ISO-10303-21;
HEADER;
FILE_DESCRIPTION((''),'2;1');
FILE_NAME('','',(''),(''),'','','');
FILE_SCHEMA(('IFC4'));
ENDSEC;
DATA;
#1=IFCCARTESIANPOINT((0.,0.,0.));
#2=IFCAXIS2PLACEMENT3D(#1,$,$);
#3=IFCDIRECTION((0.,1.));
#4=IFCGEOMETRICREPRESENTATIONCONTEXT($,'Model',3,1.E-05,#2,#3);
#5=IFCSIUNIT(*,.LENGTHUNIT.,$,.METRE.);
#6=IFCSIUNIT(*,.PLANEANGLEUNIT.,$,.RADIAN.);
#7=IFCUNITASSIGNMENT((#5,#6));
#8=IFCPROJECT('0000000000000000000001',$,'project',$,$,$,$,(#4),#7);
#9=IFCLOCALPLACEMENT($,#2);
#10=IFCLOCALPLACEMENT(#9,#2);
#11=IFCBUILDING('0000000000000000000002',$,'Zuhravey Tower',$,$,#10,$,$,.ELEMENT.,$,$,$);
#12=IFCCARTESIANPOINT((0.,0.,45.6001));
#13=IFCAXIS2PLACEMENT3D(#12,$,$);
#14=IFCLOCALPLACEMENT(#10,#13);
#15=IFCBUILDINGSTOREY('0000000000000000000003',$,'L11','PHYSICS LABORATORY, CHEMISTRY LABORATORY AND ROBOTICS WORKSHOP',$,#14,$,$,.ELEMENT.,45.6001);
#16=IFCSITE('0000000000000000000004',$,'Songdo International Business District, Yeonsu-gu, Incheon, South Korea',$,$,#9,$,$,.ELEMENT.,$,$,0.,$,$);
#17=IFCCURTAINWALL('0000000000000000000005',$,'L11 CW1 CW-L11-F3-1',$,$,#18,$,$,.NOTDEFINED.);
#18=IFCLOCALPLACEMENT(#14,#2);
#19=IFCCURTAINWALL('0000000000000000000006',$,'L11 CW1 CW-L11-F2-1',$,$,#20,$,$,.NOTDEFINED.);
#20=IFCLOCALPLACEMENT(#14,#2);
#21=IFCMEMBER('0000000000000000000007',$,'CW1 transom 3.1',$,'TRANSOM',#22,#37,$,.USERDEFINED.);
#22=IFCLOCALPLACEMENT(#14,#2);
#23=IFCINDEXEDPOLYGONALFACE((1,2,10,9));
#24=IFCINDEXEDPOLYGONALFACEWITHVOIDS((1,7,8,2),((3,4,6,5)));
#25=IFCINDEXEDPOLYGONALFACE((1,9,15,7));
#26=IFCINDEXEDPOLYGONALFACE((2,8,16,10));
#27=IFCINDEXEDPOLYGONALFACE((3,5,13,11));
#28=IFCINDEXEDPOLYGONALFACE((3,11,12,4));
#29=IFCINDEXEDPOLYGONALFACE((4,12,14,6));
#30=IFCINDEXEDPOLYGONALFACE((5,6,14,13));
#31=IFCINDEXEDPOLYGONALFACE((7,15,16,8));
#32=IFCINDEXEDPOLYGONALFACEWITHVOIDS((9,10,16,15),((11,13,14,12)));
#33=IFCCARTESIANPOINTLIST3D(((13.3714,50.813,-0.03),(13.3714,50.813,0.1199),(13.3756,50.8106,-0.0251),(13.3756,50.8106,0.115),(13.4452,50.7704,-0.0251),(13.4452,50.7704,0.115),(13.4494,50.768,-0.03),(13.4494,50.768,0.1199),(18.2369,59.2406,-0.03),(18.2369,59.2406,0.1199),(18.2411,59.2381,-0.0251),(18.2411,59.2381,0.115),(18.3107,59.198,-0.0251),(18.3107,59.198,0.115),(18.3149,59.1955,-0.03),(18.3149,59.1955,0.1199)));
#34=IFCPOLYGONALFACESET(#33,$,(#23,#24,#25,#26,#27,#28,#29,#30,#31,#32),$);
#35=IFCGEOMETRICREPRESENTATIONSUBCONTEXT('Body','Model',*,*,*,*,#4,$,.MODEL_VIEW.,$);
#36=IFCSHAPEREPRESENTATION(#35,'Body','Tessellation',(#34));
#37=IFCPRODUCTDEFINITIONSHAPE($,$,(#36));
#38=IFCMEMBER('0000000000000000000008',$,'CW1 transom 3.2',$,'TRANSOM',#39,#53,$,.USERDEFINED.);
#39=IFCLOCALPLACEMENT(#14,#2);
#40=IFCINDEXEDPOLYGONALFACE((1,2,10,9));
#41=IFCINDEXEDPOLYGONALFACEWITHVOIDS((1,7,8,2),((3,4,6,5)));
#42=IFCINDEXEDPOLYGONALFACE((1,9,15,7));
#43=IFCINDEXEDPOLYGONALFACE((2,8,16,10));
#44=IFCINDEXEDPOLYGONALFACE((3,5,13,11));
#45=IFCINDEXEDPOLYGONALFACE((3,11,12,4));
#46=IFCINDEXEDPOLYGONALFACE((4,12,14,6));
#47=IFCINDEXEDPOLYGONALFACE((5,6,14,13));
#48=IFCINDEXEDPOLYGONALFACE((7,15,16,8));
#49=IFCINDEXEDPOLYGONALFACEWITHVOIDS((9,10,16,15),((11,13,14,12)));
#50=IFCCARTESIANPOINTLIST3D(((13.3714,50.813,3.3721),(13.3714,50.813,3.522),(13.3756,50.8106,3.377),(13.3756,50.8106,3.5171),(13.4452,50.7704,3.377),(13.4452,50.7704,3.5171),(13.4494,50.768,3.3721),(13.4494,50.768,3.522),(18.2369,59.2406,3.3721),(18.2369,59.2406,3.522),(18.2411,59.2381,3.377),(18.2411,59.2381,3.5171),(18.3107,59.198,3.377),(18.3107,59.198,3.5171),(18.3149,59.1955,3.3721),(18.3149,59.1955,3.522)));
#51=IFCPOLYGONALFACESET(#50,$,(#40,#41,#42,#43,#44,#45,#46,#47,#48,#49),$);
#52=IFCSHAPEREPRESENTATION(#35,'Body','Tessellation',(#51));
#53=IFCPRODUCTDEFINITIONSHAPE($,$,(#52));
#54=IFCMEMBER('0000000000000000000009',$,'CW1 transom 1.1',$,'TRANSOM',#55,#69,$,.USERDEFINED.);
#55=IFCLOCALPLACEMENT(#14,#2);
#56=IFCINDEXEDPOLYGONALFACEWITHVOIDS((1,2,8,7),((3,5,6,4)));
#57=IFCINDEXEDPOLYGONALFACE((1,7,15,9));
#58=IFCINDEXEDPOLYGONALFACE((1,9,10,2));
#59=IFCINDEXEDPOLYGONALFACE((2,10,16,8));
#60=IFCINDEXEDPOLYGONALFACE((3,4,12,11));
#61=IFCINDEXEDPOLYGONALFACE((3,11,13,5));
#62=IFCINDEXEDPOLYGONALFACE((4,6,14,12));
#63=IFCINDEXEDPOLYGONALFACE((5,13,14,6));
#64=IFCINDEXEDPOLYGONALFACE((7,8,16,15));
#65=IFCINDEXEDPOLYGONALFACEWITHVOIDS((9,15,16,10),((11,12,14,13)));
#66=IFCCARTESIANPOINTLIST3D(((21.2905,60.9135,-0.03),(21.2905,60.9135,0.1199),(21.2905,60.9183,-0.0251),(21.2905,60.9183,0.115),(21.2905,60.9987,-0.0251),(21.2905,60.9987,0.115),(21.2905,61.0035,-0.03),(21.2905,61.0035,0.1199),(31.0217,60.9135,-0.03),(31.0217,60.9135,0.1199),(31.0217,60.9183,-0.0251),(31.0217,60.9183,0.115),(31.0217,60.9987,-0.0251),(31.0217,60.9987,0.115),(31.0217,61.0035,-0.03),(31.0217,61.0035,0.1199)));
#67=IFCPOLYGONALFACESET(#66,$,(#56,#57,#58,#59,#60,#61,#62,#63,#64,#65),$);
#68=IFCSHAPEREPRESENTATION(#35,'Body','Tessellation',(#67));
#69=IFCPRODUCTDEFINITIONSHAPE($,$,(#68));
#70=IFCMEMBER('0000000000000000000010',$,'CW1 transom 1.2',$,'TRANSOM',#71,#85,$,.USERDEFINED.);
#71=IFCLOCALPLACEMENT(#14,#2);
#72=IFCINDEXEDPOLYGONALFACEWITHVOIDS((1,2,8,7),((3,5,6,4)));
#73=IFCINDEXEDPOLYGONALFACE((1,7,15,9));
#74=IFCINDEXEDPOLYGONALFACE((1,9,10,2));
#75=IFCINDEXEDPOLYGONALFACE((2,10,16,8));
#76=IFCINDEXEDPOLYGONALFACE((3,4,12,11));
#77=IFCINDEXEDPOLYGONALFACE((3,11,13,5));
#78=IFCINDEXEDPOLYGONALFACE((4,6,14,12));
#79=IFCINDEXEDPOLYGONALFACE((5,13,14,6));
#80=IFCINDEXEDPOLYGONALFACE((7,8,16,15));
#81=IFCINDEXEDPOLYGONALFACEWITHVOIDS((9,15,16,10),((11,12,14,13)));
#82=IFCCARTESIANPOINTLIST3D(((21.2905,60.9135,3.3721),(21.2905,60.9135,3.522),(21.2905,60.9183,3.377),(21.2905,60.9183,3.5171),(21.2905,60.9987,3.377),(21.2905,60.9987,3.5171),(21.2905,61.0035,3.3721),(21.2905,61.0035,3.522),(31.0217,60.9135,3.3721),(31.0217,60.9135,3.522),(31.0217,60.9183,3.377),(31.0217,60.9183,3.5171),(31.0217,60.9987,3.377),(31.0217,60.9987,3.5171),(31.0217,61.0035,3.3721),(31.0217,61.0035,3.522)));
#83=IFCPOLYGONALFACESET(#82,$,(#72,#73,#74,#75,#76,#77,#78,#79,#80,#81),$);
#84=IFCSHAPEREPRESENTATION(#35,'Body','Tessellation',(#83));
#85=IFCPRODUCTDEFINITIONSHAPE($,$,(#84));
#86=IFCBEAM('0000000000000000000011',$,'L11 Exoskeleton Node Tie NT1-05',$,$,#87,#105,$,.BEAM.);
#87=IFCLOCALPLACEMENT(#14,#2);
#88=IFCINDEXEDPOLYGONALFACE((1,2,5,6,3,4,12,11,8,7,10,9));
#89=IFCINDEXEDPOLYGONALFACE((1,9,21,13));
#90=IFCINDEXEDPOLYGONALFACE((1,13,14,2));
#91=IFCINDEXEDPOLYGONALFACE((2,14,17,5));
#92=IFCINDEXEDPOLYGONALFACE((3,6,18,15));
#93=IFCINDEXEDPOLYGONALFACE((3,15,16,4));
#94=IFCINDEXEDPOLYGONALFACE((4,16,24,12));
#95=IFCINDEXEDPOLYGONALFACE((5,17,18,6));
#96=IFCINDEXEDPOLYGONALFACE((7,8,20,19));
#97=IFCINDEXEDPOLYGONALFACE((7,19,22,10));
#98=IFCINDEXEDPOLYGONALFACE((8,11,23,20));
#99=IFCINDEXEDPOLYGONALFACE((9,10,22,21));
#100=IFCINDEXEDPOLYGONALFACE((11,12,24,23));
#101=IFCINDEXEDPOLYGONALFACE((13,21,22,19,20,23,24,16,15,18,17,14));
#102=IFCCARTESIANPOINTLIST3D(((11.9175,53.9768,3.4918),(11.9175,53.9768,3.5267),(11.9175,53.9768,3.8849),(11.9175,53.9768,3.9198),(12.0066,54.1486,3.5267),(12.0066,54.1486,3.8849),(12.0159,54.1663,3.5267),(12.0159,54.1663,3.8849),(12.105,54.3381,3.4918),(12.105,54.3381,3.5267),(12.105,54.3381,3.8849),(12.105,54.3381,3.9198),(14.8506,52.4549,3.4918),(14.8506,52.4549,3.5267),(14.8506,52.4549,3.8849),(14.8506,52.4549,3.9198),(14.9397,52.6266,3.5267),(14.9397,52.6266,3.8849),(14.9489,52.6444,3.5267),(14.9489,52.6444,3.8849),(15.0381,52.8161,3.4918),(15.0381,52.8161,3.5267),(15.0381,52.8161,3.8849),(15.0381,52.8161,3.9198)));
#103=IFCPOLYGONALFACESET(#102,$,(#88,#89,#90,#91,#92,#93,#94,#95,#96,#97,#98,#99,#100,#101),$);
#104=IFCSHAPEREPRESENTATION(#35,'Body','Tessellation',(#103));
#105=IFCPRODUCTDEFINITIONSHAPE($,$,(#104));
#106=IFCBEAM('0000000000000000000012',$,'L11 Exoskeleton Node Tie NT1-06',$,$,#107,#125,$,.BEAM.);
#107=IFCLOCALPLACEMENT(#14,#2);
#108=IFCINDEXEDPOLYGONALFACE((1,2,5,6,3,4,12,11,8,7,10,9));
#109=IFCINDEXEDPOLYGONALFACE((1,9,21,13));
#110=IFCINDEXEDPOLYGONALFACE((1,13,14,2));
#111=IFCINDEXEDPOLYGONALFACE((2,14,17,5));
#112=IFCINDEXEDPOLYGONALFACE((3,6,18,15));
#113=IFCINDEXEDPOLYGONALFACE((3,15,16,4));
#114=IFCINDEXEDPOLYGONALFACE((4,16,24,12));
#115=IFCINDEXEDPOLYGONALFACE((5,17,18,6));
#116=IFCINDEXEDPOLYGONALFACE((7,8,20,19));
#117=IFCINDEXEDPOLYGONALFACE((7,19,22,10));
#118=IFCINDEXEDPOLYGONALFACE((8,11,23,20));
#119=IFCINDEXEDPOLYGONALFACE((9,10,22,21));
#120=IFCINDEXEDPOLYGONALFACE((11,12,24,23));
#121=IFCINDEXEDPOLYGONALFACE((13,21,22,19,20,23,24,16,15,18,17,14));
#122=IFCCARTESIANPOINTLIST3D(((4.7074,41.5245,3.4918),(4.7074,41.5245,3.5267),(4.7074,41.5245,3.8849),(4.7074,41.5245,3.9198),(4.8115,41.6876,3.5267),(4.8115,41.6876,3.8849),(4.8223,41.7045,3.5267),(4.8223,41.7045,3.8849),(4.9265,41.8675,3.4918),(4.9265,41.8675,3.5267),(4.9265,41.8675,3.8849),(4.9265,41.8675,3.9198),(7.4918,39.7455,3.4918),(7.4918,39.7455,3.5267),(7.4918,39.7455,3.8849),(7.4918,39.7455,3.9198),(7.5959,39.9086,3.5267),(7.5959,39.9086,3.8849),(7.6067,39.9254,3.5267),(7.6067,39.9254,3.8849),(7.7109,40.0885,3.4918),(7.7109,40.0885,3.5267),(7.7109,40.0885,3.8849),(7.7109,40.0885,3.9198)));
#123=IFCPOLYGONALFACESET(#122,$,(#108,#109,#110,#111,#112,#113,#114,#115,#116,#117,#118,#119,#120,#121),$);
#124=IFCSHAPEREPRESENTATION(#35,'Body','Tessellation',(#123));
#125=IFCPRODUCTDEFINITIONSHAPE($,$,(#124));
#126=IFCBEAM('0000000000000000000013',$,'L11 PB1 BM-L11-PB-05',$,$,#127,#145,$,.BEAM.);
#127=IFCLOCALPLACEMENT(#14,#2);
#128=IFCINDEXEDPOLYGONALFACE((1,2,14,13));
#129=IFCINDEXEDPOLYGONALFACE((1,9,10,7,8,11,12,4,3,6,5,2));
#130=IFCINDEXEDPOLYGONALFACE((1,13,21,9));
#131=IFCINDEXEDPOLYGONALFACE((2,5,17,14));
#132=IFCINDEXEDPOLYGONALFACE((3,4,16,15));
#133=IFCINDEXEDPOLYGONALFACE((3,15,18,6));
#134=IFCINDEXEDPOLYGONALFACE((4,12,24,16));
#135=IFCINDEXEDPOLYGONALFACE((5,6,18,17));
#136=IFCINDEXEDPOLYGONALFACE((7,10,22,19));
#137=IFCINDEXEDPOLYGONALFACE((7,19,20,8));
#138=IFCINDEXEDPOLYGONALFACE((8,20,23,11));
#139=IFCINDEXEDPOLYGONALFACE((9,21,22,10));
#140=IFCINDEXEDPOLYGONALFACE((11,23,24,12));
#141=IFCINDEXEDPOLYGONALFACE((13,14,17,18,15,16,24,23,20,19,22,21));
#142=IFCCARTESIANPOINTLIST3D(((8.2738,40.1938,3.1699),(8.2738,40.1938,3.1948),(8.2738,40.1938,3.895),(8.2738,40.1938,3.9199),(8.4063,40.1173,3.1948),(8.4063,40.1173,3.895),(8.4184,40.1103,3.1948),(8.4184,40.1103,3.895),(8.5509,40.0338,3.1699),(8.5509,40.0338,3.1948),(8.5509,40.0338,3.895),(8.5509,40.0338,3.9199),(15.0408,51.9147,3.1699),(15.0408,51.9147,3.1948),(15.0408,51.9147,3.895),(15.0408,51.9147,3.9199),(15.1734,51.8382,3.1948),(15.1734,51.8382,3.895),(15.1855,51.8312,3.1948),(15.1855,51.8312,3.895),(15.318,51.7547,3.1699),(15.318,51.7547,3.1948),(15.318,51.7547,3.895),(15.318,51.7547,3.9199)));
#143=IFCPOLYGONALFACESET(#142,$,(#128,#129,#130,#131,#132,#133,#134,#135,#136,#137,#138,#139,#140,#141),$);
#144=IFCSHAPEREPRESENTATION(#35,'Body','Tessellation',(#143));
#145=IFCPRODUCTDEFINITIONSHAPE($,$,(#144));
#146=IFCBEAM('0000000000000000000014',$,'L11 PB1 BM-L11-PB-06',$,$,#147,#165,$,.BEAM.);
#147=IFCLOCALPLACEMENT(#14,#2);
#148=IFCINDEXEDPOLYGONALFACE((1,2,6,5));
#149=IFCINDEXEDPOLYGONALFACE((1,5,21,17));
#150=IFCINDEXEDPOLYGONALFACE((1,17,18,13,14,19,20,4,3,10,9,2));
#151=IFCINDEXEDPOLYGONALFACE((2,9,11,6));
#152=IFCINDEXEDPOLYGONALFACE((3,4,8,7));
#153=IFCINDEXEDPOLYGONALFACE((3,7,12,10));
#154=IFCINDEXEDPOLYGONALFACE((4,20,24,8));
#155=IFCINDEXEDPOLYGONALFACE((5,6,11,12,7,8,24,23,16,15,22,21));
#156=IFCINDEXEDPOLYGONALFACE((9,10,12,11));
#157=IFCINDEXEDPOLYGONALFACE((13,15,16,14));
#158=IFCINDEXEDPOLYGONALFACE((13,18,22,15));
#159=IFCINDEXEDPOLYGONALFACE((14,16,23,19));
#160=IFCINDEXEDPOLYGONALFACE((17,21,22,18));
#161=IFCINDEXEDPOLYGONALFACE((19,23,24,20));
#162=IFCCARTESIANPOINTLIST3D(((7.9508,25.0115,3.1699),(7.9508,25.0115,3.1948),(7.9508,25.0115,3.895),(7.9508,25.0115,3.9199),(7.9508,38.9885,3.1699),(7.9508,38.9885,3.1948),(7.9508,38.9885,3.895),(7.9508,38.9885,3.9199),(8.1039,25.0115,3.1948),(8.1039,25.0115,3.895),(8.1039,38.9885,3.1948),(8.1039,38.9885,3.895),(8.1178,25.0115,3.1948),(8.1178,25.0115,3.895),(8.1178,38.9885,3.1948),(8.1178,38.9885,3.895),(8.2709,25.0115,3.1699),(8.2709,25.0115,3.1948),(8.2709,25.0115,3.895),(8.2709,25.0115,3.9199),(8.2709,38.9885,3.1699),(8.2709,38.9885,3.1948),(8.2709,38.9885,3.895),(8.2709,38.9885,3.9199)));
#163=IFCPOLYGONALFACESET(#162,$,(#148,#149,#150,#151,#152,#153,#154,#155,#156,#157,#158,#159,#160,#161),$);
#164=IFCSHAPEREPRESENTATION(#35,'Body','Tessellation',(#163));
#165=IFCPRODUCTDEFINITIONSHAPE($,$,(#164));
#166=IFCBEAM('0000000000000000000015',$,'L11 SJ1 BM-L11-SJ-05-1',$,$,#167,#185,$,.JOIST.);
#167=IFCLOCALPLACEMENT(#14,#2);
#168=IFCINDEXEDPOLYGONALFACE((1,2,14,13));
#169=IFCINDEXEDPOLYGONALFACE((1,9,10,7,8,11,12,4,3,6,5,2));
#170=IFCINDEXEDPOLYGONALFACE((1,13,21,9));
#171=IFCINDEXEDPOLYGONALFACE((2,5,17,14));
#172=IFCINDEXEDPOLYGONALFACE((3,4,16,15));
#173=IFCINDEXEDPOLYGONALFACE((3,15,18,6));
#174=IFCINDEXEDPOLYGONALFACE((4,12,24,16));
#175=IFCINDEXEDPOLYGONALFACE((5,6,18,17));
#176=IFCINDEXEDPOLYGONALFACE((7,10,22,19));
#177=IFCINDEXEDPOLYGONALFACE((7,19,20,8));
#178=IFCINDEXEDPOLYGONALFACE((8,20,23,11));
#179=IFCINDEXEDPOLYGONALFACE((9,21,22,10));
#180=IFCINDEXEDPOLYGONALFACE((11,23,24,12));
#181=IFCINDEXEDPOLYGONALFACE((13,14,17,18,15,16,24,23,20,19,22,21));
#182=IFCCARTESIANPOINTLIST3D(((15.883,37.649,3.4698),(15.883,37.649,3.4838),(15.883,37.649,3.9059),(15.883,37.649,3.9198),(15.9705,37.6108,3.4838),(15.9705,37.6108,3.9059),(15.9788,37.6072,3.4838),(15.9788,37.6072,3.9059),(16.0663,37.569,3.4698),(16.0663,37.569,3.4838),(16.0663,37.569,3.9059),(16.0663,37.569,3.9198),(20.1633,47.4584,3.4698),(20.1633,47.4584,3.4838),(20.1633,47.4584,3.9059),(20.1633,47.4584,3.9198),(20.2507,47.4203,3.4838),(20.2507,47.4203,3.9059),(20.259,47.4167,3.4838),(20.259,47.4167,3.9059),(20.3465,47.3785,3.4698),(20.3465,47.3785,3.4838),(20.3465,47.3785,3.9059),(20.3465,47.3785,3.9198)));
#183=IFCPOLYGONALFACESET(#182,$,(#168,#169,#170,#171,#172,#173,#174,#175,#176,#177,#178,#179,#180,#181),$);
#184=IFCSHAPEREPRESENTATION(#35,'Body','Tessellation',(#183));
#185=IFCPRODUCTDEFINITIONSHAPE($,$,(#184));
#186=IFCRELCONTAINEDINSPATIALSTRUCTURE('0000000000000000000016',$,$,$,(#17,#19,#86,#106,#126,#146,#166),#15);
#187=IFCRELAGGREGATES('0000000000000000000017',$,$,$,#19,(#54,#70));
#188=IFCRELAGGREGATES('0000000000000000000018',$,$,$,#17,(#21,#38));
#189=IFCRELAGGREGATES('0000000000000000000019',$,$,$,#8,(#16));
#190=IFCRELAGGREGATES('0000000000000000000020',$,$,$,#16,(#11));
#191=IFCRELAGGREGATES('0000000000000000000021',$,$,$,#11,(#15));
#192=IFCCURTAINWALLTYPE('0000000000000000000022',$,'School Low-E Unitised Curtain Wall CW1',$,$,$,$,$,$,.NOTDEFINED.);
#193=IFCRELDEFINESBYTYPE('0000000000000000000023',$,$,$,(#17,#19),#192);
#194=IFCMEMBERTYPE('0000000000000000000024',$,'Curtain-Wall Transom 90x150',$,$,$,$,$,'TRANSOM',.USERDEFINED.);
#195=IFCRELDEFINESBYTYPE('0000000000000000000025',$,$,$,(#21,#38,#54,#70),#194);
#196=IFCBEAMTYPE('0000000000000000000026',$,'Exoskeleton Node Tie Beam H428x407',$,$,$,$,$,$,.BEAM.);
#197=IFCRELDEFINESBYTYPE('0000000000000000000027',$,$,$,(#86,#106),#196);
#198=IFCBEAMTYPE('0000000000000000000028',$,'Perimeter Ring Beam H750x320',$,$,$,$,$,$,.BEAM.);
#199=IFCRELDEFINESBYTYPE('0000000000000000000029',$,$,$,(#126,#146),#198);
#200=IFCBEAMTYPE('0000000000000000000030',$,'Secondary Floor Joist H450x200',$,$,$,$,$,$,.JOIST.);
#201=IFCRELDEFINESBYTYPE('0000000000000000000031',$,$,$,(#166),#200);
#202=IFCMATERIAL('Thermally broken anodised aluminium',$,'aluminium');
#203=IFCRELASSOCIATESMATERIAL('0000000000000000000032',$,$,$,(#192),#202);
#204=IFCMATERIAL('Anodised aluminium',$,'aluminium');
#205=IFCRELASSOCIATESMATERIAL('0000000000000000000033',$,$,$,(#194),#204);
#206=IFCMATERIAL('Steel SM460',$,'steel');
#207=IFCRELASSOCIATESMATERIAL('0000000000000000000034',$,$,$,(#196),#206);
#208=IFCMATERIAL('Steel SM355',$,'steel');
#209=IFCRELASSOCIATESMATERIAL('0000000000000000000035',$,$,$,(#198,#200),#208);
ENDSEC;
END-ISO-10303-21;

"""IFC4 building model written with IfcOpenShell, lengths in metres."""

from ifc_helpers import new_model, si_unit, direction, frame, origin, origin_2d, place, context, subcontext, project, spatial, hollow_rectangle, i_section, extrude, material, material_profile, profile_set, type_object, element, aggregate, save


model = new_model("IFC4")

# Units and contexts
model_context = context("Model", 3, precision=1e-05, world=origin(), true_north=direction((0.0, 1.0)))
body_context = subcontext(model_context, "Body", "Model", "MODEL_VIEW")
ifc_project = project(units=[si_unit("LENGTHUNIT", "METRE"), si_unit("PLANEANGLEUNIT", "RADIAN")], contexts=[model_context])

# Site, building, storey
site_placement = place(None, origin())
site = spatial("IfcSite", under=ifc_project, at=site_placement, Name="Songdo International Business District, Yeonsu-gu, Incheon, South Korea", CompositionType="ELEMENT", RefElevation=0.0)
building_placement = place(site_placement, origin())
building = spatial("IfcBuilding", under=site, at=building_placement, Name="Zuhravey Tower", CompositionType="ELEMENT")
storey_placement = place(building_placement, frame((0.0, 0.0, 45.6001)))
storey = spatial("IfcBuildingStorey", under=building, at=storey_placement, Name="L11", Description="PHYSICS LABORATORY, CHEMISTRY LABORATORY AND ROBOTICS WORKSHOP", CompositionType="ELEMENT", Elevation=45.6001)

# Curtain wall
ifc_material_1 = material(Name="Thermally broken anodised aluminium", Category="aluminium")
curtain_wall_type = type_object("IfcCurtainWallType", Name="School Low-E Unitised Curtain Wall CW1", PredefinedType="NOTDEFINED", material=ifc_material_1)
curtain_wall_1_placement = place(storey_placement, origin())
curtain_wall_1 = element("IfcCurtainWall", 1, at=curtain_wall_1_placement, inside=storey, type_object=curtain_wall_type, Name="L11 CW1 CW-L11-F3-1", PredefinedType="NOTDEFINED")
ifc_material_2 = material(Name="Anodised aluminium", Category="aluminium")

# Curtain wall
curtain_wall_2_placement = place(storey_placement, origin())
curtain_wall_2 = element("IfcCurtainWall", 2, at=curtain_wall_2_placement, inside=storey, type_object=curtain_wall_type, Name="L11 CW1 CW-L11-F2-1", PredefinedType="NOTDEFINED")

# Members
ifc_material_profile_1 = material_profile(ifc_material_2, hollow_rectangle(XDim=0.0901, YDim=0.1499, WallThickness=0.0049, at=origin_2d()), Name="ALU-RHS-90x150x5")
ifc_profile_set_1 = profile_set([ifc_material_profile_1], Name="Anodised aluminium")
member_type_1 = type_object("IfcMemberType", Name="Curtain-Wall Transom 90x150", ElementType="TRANSOM", PredefinedType="USERDEFINED", material=ifc_profile_set_1)
member_1_placement = place(storey_placement, frame((13.4104, 50.7905, 0.0449), z_axis=(0.49999, 0.866031, 0.0), x_axis=(-0.866031, 0.49999, 0.0)))
member_1 = element("IfcMember", 3, at=member_1_placement, type_object=member_type_1, Name="CW1 transom 3.1", ObjectType="TRANSOM", PredefinedType="USERDEFINED", context=body_context, shape_type="SweptSolid", body=[
    extrude(hollow_rectangle(XDim=0.0901, YDim=0.1499, WallThickness=0.0049, at=origin_2d()), origin(), (0.0, 0.0, 1.0), 9.7312),
])
member_2_placement = place(storey_placement, frame((13.4104, 50.7905, 3.447), z_axis=(0.49999, 0.866031, 0.0), x_axis=(-0.866031, 0.49999, 0.0)))
member_2 = element("IfcMember", 4, at=member_2_placement, type_object=member_type_1, Name="CW1 transom 3.2", ObjectType="TRANSOM", PredefinedType="USERDEFINED", context=body_context, shape_type="SweptSolid", body=[
    extrude(hollow_rectangle(XDim=0.0901, YDim=0.1499, WallThickness=0.0049, at=origin_2d()), origin(), (0.0, 0.0, 1.0), 9.7312),
])
member_3_placement = place(storey_placement, frame((21.2905, 60.9585, 0.0449), z_axis=(1.0, 0.0, 0.0), x_axis=(0.0, 1.0, 0.0)))
member_3 = element("IfcMember", 5, at=member_3_placement, type_object=member_type_1, Name="CW1 transom 1.1", ObjectType="TRANSOM", PredefinedType="USERDEFINED", context=body_context, shape_type="SweptSolid", body=[
    extrude(hollow_rectangle(XDim=0.0901, YDim=0.1499, WallThickness=0.0049, at=origin_2d()), origin(), (0.0, 0.0, 1.0), 9.7312),
])
member_4_placement = place(storey_placement, frame((21.2905, 60.9585, 3.447), z_axis=(1.0, 0.0, 0.0), x_axis=(0.0, 1.0, 0.0)))
member_4 = element("IfcMember", 6, at=member_4_placement, type_object=member_type_1, Name="CW1 transom 1.2", ObjectType="TRANSOM", PredefinedType="USERDEFINED", context=body_context, shape_type="SweptSolid", body=[
    extrude(hollow_rectangle(XDim=0.0901, YDim=0.1499, WallThickness=0.0049, at=origin_2d()), origin(), (0.0, 0.0, 1.0), 9.7312),
])
aggregate(curtain_wall_2, [member_3, member_4])

# Beams
ifc_material_3 = material(Name="Steel SM460", Category="steel")
ifc_material_profile_2 = material_profile(ifc_material_3, i_section(OverallWidth=0.407, OverallDepth=0.428, WebThickness=0.02, FlangeThickness=0.0349, at=origin_2d()), Name="H-428x407x20x35")
ifc_profile_set_2 = profile_set([ifc_material_profile_2], Name="Steel SM460")
beam_type_1 = type_object("IfcBeamType", Name="Exoskeleton Node Tie Beam H428x407", PredefinedType="BEAM", material=ifc_profile_set_2)
beam_1_placement = place(storey_placement, frame((14.9443, 52.6355, 3.7058), z_axis=(-0.887618, 0.46058, 0.0), x_axis=(-0.46058, -0.887618, 0.0)))
element("IfcBeam", 7, at=beam_1_placement, inside=storey, type_object=beam_type_1, Name="L11 Exoskeleton Node Tie NT1-05", PredefinedType="BEAM", context=body_context, shape_type="SweptSolid", body=[
    extrude(i_section(OverallWidth=0.407, OverallDepth=0.428, WebThickness=0.02, FlangeThickness=0.0349, at=origin_2d()), origin(), (0.0, 0.0, 1.0), 3.3044),
])
beam_2_placement = place(storey_placement, frame((7.6013, 39.917, 3.7058), z_axis=(-0.84268, 0.538414, 0.0), x_axis=(-0.538414, -0.84268, 0.0)))
element("IfcBeam", 8, at=beam_2_placement, inside=storey, type_object=beam_type_1, Name="L11 Exoskeleton Node Tie NT1-06", PredefinedType="BEAM", context=body_context, shape_type="SweptSolid", body=[
    extrude(i_section(OverallWidth=0.407, OverallDepth=0.428, WebThickness=0.02, FlangeThickness=0.0349, at=origin_2d()), origin(), (0.0, 0.0, 1.0), 3.3042),
])
ifc_material_4 = material(Name="Steel SM355", Category="steel")
ifc_material_profile_3 = material_profile(ifc_material_4, i_section(OverallWidth=0.3201, OverallDepth=0.75, WebThickness=0.0139, FlangeThickness=0.0249, at=origin_2d()), Name="H-750x320x14x25")
ifc_profile_set_3 = profile_set([ifc_material_profile_3], Name="Steel SM355")
beam_type_2 = type_object("IfcBeamType", Name="Perimeter Ring Beam H750x320", PredefinedType="BEAM", material=ifc_profile_set_3)
beam_3_placement = place(storey_placement, frame((15.1794, 51.8347, 3.5449), z_axis=(-0.5, -0.866025, 0.0), x_axis=(0.866025, -0.5, 0.0)))
element("IfcBeam", 9, at=beam_3_placement, inside=storey, type_object=beam_type_2, Name="L11 PB1 BM-L11-PB-05", PredefinedType="BEAM", context=body_context, shape_type="SweptSolid", body=[
    extrude(i_section(OverallWidth=0.3201, OverallDepth=0.75, WebThickness=0.0139, FlangeThickness=0.0249, at=origin_2d()), origin(), (0.0, 0.0, 1.0), 13.5342),
])
beam_4_placement = place(storey_placement, frame((8.1108, 38.9885, 3.5449), z_axis=(0.0, -1.0, 0.0), x_axis=(1.0, 0.0, 0.0)))
element("IfcBeam", 10, at=beam_4_placement, inside=storey, type_object=beam_type_2, Name="L11 PB1 BM-L11-PB-06", PredefinedType="BEAM", context=body_context, shape_type="SweptSolid", body=[
    extrude(i_section(OverallWidth=0.3201, OverallDepth=0.75, WebThickness=0.0139, FlangeThickness=0.0249, at=origin_2d()), origin(), (0.0, 0.0, 1.0), 13.9771),
])
ifc_material_profile_4 = material_profile(ifc_material_4, i_section(OverallWidth=0.2, OverallDepth=0.45, WebThickness=0.009, FlangeThickness=0.0139, at=origin_2d()), Name="H-450x200x9x14")
ifc_profile_set_4 = profile_set([ifc_material_profile_4], Name="Steel SM355")
beam_type_3 = type_object("IfcBeamType", Name="Secondary Floor Joist H450x200", PredefinedType="JOIST", material=ifc_profile_set_4)
beam_5_placement = place(storey_placement, frame((20.2549, 47.4185, 3.6948), z_axis=(-0.399924, -0.916549, 0.0), x_axis=(0.916549, -0.399924, 0.0)))
element("IfcBeam", 11, at=beam_5_placement, inside=storey, type_object=beam_type_3, Name="L11 SJ1 BM-L11-SJ-05-1", PredefinedType="JOIST", context=body_context, shape_type="SweptSolid", body=[
    extrude(i_section(OverallWidth=0.2, OverallDepth=0.45, WebThickness=0.009, FlangeThickness=0.0139, at=origin_2d()), origin(), (0.0, 0.0, 1.0), 10.7026),
])

aggregate(curtain_wall_1, [member_1, member_2])

save(model, "model.ifc")
